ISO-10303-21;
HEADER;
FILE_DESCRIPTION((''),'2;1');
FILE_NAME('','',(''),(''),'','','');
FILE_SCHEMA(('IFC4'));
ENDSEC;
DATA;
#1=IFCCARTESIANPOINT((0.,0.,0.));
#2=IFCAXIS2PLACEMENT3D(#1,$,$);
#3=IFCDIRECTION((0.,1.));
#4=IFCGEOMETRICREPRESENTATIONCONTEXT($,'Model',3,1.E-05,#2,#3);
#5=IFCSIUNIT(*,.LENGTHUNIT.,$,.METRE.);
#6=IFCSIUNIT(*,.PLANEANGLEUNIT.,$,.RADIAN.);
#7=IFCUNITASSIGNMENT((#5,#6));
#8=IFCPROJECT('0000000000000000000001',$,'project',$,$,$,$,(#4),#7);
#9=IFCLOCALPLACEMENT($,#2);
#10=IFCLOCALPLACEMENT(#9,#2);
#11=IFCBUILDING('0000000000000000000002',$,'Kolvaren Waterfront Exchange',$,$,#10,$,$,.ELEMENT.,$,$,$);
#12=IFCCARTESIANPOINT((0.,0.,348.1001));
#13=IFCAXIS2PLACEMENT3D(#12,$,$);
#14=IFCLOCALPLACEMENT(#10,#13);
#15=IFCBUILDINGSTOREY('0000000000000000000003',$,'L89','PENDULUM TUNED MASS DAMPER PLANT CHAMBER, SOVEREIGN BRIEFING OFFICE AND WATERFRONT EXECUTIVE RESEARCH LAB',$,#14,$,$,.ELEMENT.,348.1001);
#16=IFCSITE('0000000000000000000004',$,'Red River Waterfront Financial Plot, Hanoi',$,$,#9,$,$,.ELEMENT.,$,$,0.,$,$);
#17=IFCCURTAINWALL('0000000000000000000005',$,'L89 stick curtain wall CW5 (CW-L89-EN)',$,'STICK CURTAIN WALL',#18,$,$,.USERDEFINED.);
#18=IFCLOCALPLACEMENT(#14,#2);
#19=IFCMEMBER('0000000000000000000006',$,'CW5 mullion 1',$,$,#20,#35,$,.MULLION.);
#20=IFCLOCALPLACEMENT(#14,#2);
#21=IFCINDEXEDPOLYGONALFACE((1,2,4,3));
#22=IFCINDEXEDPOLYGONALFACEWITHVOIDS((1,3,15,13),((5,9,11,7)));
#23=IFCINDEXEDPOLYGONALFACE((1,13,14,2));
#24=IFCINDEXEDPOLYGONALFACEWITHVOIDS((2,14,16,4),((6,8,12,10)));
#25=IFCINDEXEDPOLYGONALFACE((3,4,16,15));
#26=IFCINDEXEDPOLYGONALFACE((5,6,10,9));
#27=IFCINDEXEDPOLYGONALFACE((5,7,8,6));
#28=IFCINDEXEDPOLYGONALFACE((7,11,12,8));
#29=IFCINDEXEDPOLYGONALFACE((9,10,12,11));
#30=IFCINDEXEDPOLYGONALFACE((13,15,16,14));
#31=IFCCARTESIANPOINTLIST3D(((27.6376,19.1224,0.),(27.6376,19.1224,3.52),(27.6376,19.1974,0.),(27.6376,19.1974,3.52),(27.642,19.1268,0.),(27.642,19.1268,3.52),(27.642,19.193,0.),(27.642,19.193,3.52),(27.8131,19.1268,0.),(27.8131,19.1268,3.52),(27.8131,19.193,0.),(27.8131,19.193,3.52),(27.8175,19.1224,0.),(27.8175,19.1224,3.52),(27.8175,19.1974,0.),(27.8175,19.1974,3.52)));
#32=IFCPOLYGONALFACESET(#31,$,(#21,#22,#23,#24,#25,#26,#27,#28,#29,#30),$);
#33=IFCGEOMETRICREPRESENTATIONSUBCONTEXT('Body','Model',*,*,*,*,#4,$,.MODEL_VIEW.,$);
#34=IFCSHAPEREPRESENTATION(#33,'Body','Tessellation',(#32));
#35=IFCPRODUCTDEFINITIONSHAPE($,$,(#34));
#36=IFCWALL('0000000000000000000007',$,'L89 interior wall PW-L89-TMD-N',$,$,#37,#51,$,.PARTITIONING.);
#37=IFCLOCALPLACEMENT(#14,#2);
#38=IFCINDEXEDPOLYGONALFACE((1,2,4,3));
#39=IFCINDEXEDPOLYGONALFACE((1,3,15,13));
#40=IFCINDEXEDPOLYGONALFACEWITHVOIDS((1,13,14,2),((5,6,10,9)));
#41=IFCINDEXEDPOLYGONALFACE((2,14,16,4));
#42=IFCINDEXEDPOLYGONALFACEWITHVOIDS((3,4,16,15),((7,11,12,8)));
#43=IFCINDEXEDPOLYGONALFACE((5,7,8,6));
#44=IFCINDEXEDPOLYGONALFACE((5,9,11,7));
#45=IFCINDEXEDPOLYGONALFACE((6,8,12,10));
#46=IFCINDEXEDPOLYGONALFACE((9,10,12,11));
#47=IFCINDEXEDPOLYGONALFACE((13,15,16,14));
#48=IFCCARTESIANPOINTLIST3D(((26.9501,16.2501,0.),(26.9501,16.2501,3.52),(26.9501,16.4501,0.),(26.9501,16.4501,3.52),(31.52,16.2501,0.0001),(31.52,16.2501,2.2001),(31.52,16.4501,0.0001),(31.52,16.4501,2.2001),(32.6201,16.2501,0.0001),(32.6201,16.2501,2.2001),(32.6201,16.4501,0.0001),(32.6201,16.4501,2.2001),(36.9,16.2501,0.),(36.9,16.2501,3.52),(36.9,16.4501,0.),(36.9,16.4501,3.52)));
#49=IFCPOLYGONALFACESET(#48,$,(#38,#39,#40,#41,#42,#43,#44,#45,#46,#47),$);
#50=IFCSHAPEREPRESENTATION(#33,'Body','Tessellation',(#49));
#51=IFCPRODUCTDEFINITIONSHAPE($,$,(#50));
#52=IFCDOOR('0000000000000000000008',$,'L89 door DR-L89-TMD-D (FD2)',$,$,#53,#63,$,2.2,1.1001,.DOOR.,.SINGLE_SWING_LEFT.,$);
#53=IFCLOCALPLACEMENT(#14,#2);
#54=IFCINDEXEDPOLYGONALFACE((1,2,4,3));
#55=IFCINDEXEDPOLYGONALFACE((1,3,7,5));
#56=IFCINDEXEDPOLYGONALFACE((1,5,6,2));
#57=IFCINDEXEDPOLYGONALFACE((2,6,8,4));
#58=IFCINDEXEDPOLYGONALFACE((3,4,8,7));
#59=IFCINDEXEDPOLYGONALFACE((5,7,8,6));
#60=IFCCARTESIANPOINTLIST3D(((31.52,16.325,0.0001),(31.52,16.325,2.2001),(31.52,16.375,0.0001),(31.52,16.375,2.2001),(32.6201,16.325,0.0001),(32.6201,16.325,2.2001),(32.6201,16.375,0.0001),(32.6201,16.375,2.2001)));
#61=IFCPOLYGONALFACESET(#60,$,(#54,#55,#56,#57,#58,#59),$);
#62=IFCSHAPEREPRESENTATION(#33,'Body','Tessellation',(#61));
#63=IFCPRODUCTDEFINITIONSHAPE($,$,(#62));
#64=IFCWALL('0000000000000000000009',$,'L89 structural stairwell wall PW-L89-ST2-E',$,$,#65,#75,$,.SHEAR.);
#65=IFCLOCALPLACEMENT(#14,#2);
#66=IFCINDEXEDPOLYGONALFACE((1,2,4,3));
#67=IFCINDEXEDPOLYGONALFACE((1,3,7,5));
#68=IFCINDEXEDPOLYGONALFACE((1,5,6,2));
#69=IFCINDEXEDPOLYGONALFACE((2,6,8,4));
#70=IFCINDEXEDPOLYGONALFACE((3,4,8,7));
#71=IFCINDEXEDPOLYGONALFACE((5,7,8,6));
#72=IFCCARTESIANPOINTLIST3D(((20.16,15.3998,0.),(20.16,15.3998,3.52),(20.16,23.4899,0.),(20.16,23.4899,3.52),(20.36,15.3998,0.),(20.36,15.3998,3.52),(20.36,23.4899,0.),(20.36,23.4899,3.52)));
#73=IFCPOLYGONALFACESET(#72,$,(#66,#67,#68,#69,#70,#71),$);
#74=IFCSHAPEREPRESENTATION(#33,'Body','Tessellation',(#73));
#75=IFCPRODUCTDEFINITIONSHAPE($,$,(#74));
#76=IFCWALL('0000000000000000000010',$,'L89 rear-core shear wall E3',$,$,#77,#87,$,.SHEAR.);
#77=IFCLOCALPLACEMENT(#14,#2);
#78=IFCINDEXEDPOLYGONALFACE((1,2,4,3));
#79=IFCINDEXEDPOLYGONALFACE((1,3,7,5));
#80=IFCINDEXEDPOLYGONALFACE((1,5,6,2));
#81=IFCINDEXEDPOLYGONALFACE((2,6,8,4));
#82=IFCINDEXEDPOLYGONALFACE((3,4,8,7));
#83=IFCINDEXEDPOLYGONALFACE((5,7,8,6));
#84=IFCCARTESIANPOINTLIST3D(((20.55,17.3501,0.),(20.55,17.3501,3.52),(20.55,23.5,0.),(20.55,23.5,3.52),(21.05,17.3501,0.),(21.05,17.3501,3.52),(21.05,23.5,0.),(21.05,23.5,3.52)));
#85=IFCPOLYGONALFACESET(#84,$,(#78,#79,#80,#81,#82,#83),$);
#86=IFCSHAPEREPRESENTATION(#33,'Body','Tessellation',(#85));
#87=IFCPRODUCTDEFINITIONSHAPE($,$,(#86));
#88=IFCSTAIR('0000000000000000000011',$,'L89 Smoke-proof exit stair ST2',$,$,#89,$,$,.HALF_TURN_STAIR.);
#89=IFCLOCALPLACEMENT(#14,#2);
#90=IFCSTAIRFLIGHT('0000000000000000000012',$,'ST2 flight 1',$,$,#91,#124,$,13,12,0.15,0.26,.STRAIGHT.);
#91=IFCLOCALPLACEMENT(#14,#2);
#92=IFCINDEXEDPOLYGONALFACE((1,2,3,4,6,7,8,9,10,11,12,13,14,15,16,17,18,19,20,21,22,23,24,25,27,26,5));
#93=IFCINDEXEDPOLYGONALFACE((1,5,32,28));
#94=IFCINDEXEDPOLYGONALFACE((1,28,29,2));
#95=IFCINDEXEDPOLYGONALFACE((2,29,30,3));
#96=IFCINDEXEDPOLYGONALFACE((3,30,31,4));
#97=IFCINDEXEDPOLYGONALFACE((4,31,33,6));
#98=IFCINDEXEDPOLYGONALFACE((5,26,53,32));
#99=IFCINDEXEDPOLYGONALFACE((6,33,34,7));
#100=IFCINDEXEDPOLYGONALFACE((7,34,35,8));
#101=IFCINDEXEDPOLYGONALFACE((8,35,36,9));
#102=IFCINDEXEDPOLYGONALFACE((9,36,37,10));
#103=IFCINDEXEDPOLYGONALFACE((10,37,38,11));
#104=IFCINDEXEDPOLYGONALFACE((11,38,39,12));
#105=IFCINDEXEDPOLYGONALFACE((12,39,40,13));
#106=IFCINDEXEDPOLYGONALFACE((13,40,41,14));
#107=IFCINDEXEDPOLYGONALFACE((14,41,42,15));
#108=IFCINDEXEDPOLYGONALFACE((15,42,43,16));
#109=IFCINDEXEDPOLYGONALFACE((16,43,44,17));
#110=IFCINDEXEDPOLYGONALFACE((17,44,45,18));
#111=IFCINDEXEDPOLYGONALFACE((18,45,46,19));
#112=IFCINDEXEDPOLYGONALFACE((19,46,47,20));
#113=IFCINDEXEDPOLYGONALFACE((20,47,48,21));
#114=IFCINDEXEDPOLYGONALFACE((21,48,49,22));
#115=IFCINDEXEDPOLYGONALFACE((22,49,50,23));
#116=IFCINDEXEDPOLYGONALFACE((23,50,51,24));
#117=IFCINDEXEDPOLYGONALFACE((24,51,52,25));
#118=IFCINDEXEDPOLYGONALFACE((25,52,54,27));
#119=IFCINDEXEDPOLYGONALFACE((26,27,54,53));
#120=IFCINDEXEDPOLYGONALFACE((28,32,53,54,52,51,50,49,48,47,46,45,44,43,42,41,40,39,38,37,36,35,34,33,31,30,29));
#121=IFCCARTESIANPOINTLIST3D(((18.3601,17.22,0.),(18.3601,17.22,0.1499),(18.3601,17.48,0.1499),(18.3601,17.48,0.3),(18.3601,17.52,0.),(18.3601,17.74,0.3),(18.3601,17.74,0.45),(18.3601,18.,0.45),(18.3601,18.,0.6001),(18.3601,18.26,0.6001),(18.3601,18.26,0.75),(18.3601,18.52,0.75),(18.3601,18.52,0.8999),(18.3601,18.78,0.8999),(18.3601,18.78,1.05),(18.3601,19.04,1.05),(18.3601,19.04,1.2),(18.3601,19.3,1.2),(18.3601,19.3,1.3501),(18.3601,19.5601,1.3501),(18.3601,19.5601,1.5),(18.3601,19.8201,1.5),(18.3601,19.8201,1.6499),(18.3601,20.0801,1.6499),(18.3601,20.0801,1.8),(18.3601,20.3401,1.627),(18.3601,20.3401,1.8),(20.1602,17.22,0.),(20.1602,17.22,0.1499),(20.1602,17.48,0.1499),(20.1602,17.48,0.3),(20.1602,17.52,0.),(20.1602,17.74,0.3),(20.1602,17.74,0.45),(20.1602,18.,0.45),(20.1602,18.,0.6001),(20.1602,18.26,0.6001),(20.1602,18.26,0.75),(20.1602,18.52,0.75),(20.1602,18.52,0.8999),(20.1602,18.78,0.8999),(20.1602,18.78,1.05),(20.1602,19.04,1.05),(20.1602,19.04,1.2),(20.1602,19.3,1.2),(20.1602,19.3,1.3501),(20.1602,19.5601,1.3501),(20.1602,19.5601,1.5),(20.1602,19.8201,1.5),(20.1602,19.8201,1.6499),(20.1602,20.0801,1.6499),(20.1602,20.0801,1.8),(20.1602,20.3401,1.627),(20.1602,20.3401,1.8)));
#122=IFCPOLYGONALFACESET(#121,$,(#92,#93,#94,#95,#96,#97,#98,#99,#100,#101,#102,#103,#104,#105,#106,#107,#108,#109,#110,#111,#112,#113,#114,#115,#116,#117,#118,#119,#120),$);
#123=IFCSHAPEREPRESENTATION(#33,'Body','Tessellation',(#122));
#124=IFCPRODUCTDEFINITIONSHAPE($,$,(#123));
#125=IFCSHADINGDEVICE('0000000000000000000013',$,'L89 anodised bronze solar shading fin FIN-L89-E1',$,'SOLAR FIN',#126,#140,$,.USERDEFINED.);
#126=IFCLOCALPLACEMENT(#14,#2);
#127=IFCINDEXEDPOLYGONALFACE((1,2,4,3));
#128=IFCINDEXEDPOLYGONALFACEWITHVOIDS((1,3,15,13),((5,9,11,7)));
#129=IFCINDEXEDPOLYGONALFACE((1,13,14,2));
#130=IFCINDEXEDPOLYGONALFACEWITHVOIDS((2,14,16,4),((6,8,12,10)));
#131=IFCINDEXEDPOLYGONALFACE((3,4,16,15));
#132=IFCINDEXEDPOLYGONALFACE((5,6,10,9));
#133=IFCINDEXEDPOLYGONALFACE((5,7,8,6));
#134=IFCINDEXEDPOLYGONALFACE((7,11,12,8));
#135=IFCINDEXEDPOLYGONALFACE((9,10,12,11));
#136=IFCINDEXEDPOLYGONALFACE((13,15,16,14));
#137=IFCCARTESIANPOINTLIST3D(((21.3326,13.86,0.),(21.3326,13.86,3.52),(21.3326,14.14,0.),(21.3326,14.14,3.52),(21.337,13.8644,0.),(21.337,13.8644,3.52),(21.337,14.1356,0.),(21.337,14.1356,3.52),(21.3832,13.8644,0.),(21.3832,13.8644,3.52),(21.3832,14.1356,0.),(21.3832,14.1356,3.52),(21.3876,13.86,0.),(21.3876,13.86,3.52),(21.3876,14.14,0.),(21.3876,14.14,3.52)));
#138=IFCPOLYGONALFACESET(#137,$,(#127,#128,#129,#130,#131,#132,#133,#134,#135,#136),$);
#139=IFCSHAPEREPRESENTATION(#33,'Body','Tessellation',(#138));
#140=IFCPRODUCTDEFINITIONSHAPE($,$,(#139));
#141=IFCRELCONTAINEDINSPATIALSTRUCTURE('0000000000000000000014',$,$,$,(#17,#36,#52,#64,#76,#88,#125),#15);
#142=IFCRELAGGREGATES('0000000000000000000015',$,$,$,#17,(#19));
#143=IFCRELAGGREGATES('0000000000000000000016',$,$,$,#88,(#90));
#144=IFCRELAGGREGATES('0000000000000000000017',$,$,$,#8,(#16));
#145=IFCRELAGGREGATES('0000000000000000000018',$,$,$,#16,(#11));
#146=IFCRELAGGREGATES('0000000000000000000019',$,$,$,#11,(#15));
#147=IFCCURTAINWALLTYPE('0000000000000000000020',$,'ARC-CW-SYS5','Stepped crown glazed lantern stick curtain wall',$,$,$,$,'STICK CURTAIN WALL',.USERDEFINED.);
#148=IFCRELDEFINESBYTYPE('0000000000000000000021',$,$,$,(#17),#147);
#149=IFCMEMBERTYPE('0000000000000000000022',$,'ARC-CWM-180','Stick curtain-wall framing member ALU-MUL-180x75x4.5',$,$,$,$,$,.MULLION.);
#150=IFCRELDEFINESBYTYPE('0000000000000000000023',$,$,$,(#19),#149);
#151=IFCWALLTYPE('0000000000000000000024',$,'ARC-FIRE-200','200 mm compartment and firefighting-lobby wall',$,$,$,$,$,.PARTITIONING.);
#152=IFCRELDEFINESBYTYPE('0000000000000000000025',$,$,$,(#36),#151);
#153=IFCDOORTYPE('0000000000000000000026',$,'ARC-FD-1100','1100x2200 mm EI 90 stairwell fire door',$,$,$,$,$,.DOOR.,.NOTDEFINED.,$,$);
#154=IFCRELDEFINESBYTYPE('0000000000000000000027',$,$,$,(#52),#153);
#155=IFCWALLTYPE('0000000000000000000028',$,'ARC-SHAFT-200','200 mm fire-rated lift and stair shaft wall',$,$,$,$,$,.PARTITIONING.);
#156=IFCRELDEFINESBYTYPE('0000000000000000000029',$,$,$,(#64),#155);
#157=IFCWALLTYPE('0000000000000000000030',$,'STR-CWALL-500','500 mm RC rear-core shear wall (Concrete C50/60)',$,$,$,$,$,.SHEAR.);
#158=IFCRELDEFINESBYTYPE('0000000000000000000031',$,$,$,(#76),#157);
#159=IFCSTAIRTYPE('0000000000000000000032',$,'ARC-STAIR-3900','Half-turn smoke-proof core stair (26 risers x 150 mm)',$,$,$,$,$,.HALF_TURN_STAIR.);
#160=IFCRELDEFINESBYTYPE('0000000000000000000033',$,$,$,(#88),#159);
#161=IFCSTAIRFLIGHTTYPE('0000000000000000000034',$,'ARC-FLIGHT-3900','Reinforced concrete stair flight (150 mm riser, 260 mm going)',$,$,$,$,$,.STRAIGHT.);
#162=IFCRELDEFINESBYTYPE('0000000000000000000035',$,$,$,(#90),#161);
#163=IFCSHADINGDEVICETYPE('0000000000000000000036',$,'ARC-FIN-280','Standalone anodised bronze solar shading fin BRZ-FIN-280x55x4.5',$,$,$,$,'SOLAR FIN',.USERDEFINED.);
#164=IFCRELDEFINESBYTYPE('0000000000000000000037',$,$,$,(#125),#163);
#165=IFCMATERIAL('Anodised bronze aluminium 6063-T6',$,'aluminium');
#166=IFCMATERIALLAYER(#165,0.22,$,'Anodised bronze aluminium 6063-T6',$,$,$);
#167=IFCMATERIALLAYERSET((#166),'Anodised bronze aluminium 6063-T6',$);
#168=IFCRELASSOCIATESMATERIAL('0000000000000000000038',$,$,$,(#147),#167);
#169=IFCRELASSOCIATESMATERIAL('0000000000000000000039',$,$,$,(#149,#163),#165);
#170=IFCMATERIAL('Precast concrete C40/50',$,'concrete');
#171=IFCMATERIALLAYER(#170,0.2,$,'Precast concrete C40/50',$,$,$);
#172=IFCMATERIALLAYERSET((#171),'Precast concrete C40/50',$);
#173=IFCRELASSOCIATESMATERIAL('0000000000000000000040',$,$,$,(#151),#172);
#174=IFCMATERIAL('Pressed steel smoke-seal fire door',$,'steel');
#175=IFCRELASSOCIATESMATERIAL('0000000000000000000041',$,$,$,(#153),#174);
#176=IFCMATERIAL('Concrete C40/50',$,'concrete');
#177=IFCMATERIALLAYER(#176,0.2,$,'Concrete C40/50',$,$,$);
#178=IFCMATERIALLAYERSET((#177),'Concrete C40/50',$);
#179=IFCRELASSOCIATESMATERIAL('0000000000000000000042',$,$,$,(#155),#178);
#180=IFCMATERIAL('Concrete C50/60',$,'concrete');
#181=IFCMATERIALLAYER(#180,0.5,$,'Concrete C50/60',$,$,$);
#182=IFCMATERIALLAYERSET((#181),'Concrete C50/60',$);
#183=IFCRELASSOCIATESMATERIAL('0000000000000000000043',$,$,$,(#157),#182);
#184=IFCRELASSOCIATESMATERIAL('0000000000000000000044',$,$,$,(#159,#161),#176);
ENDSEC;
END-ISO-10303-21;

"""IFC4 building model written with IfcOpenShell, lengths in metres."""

from ifc_helpers import new_model, si_unit, direction, frame, frame_2d, origin, origin_with_axes, origin_2d, place, context, subcontext, project, spatial, polyline, rectangle, hollow_rectangle, outline, extrude, source, transform, mapped, material, layer, layer_set, material_profile, profile_set, type_object, element, fill, aggregate, save


model = new_model("IFC4")

# Units and contexts
model_context = context("Model", 3, precision=1e-05, world=origin(), true_north=direction((0.0, 1.0)))
body_context = subcontext(model_context, "Body", "Model", "MODEL_VIEW")
ifc_project = project(units=[si_unit("LENGTHUNIT", "METRE"), si_unit("PLANEANGLEUNIT", "RADIAN")], contexts=[model_context])

# Site, building, storey
site_placement = place(None, origin())
site = spatial("IfcSite", under=ifc_project, at=site_placement, Name="Red River Waterfront Financial Plot, Hanoi", CompositionType="ELEMENT", RefElevation=0.0)
building_placement = place(site_placement, origin())
building = spatial("IfcBuilding", under=site, at=building_placement, Name="Kolvaren Waterfront Exchange", CompositionType="ELEMENT")
storey_placement = place(building_placement, frame((0.0, 0.0, 348.1001)))
storey = spatial("IfcBuildingStorey", under=building, at=storey_placement, Name="L89", Description="PENDULUM TUNED MASS DAMPER PLANT CHAMBER, SOVEREIGN BRIEFING OFFICE AND WATERFRONT EXECUTIVE RESEARCH LAB", CompositionType="ELEMENT", Elevation=348.1001)

# Shared definitions
ifc_material_1 = material(Name="Concrete C50/60", Category="concrete")

# Curtain wall, member
ifc_material_2 = material(Name="Anodised bronze aluminium 6063-T6", Category="aluminium")
ifc_layer_1 = layer(ifc_material_2, 0.22, Name="Anodised bronze aluminium 6063-T6")
ifc_layer_set_1 = layer_set([ifc_layer_1], Name="Anodised bronze aluminium 6063-T6")
curtain_wall_type = type_object("IfcCurtainWallType", Name="ARC-CW-SYS5", Description="Stepped crown glazed lantern stick curtain wall", ElementType="STICK CURTAIN WALL", PredefinedType="USERDEFINED", material=ifc_layer_set_1)
curtain_wall_placement = place(storey_placement, origin())
curtain_wall = element("IfcCurtainWall", 1, at=curtain_wall_placement, inside=storey, type_object=curtain_wall_type, Name="L89 stick curtain wall CW5 (CW-L89-EN)", ObjectType="STICK CURTAIN WALL", PredefinedType="USERDEFINED")
ifc_material_profile_1 = material_profile(ifc_material_2, hollow_rectangle(XDim=0.075, YDim=0.1799, WallThickness=0.0044, at=origin_2d()), Name="ALU-MUL-180x75x4.5")
ifc_profile_set_1 = profile_set([ifc_material_profile_1], Name="Anodised bronze aluminium 6063-T6")
member_type_1 = type_object("IfcMemberType", Name="ARC-CWM-180", Description="Stick curtain-wall framing member ALU-MUL-180x75x4.5", PredefinedType="MULLION", material=ifc_profile_set_1)
shared_shape_1 = source(origin_with_axes(), body_context, "Body", "SweptSolid", [
    extrude(hollow_rectangle(XDim=0.075, YDim=0.1799, WallThickness=0.0044, at=origin_2d()), origin(), (0.0, 0.0, 1.0), 3.52),
])
member_1_placement = place(storey_placement, frame((27.7275, 19.1599, 0.0), z_axis=(0.0, 0.0, 1.0), x_axis=(0.0, 1.0, 0.0)))
member_1 = element("IfcMember", 2, at=member_1_placement, type_object=member_type_1, Name="CW5 mullion 1", PredefinedType="MULLION", context=body_context, shape_type="MappedRepresentation", body=[
    mapped(shared_shape_1, transform((0.0, 0.0, 0.0), x_axis=(1.0, 0.0, 0.0), y_axis=(0.0, 1.0, 0.0), z_axis=(0.0, 0.0, 1.0), scale=1.0)),
])
aggregate(curtain_wall, [member_1])

# Wall, opening, door
ifc_material_3 = material(Name="Precast concrete C40/50", Category="concrete")
ifc_layer_2 = layer(ifc_material_3, 0.2, Name="Precast concrete C40/50")
ifc_layer_set_2 = layer_set([ifc_layer_2], Name="Precast concrete C40/50")
wall_type_1 = type_object("IfcWallType", Name="ARC-FIRE-200", Description="200 mm compartment and firefighting-lobby wall", PredefinedType="PARTITIONING", material=ifc_layer_set_2)
wall_1_placement = place(storey_placement, frame((26.95, 16.3501, 0.0), z_axis=(0.0, 0.0, 1.0), x_axis=(1.0, 0.0, 0.0)))
wall_1 = element("IfcWall", 3, at=wall_1_placement, inside=storey, type_object=wall_type_1, Name="L89 interior wall PW-L89-TMD-N", PredefinedType="PARTITIONING", context=body_context, shape_type="SweptSolid", body=[
    extrude(rectangle(XDim=9.95, YDim=0.2, at=frame_2d((4.9751, 0.0))), origin(), (0.0, 0.0, 1.0), 3.52),
])
opening_placement = place(wall_1_placement, frame((4.5701, 0.0, 0.0)))
opening = element("IfcOpeningElement", 4, at=opening_placement, cuts=wall_1, PredefinedType="OPENING", context=body_context, shape_type="SweptSolid", body=[
    extrude(rectangle(XDim=1.1001, YDim=2.2, at=frame_2d((0.55, 1.1001))), frame((0.0, 0.1099, 0.0), z_axis=(0.0, -1.0, 0.0), x_axis=(1.0, 0.0, 0.0)), (0.0, 0.0, 1.0), 0.22),
])
ifc_material_4 = material(Name="Pressed steel smoke-seal fire door", Category="steel")
door_type = type_object("IfcDoorType", Name="ARC-FD-1100", Description="1100x2200 mm EI 90 stairwell fire door", OperationType="NOTDEFINED", PredefinedType="DOOR", material=ifc_material_4)
door_placement = place(opening_placement, origin())
door = element("IfcDoor", 5, at=door_placement, inside=storey, type_object=door_type, Name="L89 door DR-L89-TMD-D (FD2)", OperationType="SINGLE_SWING_LEFT", OverallHeight=2.2, OverallWidth=1.1001, PredefinedType="DOOR", context=body_context, shape_type="SweptSolid", body=[
    extrude(rectangle(XDim=1.1001, YDim=2.2, at=frame_2d((0.55, 1.1001))), frame((0.0, 0.0249, 0.0), z_axis=(0.0, -1.0, 0.0), x_axis=(1.0, 0.0, 0.0)), (0.0, 0.0, 1.0), 0.05),
])
fill(opening, door)

# Walls
ifc_material_5 = material(Name="Concrete C40/50", Category="concrete")
ifc_layer_3 = layer(ifc_material_5, 0.2, Name="Concrete C40/50")
ifc_layer_set_3 = layer_set([ifc_layer_3], Name="Concrete C40/50")
wall_type_2 = type_object("IfcWallType", Name="ARC-SHAFT-200", Description="200 mm fire-rated lift and stair shaft wall", PredefinedType="PARTITIONING", material=ifc_layer_set_3)
wall_2_placement = place(storey_placement, frame((20.26, 15.3999, 0.0), z_axis=(0.0, 0.0, 1.0), x_axis=(0.0, 1.0, 0.0)))
element("IfcWall", 6, at=wall_2_placement, inside=storey, type_object=wall_type_2, Name="L89 structural stairwell wall PW-L89-ST2-E", PredefinedType="SHEAR", context=body_context, shape_type="SweptSolid", body=[
    extrude(rectangle(XDim=8.0901, YDim=0.2, at=frame_2d((4.0449, 0.0))), origin(), (0.0, 0.0, 1.0), 3.52),
])
ifc_layer_4 = layer(ifc_material_1, 0.5, Name="Concrete C50/60")
ifc_layer_set_4 = layer_set([ifc_layer_4], Name="Concrete C50/60")
wall_type_3 = type_object("IfcWallType", Name="STR-CWALL-500", Description="500 mm RC rear-core shear wall (Concrete C50/60)", PredefinedType="SHEAR", material=ifc_layer_set_4)
wall_3_placement = place(storey_placement, frame((20.8, 17.3501, 0.0), z_axis=(0.0, 0.0, 1.0), x_axis=(0.0, 1.0, 0.0)))
element("IfcWall", 7, at=wall_3_placement, inside=storey, type_object=wall_type_3, Name="L89 rear-core shear wall E3", PredefinedType="SHEAR", context=body_context, shape_type="SweptSolid", body=[
    extrude(rectangle(XDim=6.1499, YDim=0.5, at=frame_2d((3.075, 0.0))), origin(), (0.0, 0.0, 1.0), 3.52),
])

# Stair, stair flight
stair_type = type_object("IfcStairType", Name="ARC-STAIR-3900", Description="Half-turn smoke-proof core stair (26 risers x 150 mm)", PredefinedType="HALF_TURN_STAIR", material=ifc_material_5)
stair_placement = place(storey_placement, origin())
stair = element("IfcStair", 8, at=stair_placement, inside=storey, type_object=stair_type, Name="L89 Smoke-proof exit stair ST2", PredefinedType="HALF_TURN_STAIR")
stair_flight_type = type_object("IfcStairFlightType", Name="ARC-FLIGHT-3900", Description="Reinforced concrete stair flight (150 mm riser, 260 mm going)", PredefinedType="STRAIGHT", material=ifc_material_5)
stair_flight_placement = place(storey_placement, frame((19.26, 17.22, 0.0), z_axis=(0.0, 0.0, 1.0), x_axis=(0.0, 1.0, 0.0)))
stair_flight = element("IfcStairFlight", 9, at=stair_flight_placement, type_object=stair_flight_type, Name="ST2 flight 1", NumberOfRisers=13, NumberOfTreads=12, PredefinedType="STRAIGHT", RiserHeight=0.15, TreadLength=0.26, context=body_context, shape_type="SweptSolid", body=[
    extrude(outline(polyline([(0.0, 0.0), (0.0, 0.1499), (0.26, 0.1499), (0.26, 0.3), (0.52, 0.3), (0.52, 0.45), (0.78, 0.45), (0.78, 0.6001), (1.04, 0.6001), (1.04, 0.75), (1.3, 0.75), (1.3, 0.8999), (1.5601, 0.8999), (1.5601, 1.05), (1.8201, 1.05), (1.8201, 1.2), (2.0801, 1.2), (2.0801, 1.3501), (2.3401, 1.3501), (2.3401, 1.5), (2.6001, 1.5), (2.6001, 1.6499), (2.8601, 1.6499), (2.8601, 1.8), (3.1201, 1.8), (3.1201, 1.95), (3.1201, 1.627), (0.3, 0.0), (0.0, 0.0)])), frame((0.0, 0.8999, 0.0), z_axis=(0.0, -1.0, 0.0), x_axis=(1.0, 0.0, 0.0)), (0.0, 0.0, 1.0), 1.8),
])
aggregate(stair, [stair_flight])

# Shading device
ifc_material_profile_2 = material_profile(ifc_material_2, hollow_rectangle(XDim=0.0549, YDim=0.28, WallThickness=0.0044, at=origin_2d()), Name="BRZ-FIN-280x55x4.5")
ifc_profile_set_2 = profile_set([ifc_material_profile_2], Name="Anodised bronze aluminium 6063-T6")
shading_device_type = type_object("IfcShadingDeviceType", Name="ARC-FIN-280", Description="Standalone anodised bronze solar shading fin BRZ-FIN-280x55x4.5", ElementType="SOLAR FIN", PredefinedType="USERDEFINED", material=ifc_profile_set_2)
shading_device_placement = place(storey_placement, frame((21.3601, 14.0, 0.0), z_axis=(0.0, 0.0, 1.0), x_axis=(1.0, 0.0, 0.0)))
element("IfcShadingDevice", 10, at=shading_device_placement, inside=storey, type_object=shading_device_type, Name="L89 anodised bronze solar shading fin FIN-L89-E1", ObjectType="SOLAR FIN", PredefinedType="USERDEFINED", context=body_context, shape_type="SweptSolid", body=[
    extrude(hollow_rectangle(XDim=0.0549, YDim=0.28, WallThickness=0.0044, at=origin_2d()), origin(), (0.0, 0.0, 1.0), 3.52),
])

save(model, "model.ifc")
